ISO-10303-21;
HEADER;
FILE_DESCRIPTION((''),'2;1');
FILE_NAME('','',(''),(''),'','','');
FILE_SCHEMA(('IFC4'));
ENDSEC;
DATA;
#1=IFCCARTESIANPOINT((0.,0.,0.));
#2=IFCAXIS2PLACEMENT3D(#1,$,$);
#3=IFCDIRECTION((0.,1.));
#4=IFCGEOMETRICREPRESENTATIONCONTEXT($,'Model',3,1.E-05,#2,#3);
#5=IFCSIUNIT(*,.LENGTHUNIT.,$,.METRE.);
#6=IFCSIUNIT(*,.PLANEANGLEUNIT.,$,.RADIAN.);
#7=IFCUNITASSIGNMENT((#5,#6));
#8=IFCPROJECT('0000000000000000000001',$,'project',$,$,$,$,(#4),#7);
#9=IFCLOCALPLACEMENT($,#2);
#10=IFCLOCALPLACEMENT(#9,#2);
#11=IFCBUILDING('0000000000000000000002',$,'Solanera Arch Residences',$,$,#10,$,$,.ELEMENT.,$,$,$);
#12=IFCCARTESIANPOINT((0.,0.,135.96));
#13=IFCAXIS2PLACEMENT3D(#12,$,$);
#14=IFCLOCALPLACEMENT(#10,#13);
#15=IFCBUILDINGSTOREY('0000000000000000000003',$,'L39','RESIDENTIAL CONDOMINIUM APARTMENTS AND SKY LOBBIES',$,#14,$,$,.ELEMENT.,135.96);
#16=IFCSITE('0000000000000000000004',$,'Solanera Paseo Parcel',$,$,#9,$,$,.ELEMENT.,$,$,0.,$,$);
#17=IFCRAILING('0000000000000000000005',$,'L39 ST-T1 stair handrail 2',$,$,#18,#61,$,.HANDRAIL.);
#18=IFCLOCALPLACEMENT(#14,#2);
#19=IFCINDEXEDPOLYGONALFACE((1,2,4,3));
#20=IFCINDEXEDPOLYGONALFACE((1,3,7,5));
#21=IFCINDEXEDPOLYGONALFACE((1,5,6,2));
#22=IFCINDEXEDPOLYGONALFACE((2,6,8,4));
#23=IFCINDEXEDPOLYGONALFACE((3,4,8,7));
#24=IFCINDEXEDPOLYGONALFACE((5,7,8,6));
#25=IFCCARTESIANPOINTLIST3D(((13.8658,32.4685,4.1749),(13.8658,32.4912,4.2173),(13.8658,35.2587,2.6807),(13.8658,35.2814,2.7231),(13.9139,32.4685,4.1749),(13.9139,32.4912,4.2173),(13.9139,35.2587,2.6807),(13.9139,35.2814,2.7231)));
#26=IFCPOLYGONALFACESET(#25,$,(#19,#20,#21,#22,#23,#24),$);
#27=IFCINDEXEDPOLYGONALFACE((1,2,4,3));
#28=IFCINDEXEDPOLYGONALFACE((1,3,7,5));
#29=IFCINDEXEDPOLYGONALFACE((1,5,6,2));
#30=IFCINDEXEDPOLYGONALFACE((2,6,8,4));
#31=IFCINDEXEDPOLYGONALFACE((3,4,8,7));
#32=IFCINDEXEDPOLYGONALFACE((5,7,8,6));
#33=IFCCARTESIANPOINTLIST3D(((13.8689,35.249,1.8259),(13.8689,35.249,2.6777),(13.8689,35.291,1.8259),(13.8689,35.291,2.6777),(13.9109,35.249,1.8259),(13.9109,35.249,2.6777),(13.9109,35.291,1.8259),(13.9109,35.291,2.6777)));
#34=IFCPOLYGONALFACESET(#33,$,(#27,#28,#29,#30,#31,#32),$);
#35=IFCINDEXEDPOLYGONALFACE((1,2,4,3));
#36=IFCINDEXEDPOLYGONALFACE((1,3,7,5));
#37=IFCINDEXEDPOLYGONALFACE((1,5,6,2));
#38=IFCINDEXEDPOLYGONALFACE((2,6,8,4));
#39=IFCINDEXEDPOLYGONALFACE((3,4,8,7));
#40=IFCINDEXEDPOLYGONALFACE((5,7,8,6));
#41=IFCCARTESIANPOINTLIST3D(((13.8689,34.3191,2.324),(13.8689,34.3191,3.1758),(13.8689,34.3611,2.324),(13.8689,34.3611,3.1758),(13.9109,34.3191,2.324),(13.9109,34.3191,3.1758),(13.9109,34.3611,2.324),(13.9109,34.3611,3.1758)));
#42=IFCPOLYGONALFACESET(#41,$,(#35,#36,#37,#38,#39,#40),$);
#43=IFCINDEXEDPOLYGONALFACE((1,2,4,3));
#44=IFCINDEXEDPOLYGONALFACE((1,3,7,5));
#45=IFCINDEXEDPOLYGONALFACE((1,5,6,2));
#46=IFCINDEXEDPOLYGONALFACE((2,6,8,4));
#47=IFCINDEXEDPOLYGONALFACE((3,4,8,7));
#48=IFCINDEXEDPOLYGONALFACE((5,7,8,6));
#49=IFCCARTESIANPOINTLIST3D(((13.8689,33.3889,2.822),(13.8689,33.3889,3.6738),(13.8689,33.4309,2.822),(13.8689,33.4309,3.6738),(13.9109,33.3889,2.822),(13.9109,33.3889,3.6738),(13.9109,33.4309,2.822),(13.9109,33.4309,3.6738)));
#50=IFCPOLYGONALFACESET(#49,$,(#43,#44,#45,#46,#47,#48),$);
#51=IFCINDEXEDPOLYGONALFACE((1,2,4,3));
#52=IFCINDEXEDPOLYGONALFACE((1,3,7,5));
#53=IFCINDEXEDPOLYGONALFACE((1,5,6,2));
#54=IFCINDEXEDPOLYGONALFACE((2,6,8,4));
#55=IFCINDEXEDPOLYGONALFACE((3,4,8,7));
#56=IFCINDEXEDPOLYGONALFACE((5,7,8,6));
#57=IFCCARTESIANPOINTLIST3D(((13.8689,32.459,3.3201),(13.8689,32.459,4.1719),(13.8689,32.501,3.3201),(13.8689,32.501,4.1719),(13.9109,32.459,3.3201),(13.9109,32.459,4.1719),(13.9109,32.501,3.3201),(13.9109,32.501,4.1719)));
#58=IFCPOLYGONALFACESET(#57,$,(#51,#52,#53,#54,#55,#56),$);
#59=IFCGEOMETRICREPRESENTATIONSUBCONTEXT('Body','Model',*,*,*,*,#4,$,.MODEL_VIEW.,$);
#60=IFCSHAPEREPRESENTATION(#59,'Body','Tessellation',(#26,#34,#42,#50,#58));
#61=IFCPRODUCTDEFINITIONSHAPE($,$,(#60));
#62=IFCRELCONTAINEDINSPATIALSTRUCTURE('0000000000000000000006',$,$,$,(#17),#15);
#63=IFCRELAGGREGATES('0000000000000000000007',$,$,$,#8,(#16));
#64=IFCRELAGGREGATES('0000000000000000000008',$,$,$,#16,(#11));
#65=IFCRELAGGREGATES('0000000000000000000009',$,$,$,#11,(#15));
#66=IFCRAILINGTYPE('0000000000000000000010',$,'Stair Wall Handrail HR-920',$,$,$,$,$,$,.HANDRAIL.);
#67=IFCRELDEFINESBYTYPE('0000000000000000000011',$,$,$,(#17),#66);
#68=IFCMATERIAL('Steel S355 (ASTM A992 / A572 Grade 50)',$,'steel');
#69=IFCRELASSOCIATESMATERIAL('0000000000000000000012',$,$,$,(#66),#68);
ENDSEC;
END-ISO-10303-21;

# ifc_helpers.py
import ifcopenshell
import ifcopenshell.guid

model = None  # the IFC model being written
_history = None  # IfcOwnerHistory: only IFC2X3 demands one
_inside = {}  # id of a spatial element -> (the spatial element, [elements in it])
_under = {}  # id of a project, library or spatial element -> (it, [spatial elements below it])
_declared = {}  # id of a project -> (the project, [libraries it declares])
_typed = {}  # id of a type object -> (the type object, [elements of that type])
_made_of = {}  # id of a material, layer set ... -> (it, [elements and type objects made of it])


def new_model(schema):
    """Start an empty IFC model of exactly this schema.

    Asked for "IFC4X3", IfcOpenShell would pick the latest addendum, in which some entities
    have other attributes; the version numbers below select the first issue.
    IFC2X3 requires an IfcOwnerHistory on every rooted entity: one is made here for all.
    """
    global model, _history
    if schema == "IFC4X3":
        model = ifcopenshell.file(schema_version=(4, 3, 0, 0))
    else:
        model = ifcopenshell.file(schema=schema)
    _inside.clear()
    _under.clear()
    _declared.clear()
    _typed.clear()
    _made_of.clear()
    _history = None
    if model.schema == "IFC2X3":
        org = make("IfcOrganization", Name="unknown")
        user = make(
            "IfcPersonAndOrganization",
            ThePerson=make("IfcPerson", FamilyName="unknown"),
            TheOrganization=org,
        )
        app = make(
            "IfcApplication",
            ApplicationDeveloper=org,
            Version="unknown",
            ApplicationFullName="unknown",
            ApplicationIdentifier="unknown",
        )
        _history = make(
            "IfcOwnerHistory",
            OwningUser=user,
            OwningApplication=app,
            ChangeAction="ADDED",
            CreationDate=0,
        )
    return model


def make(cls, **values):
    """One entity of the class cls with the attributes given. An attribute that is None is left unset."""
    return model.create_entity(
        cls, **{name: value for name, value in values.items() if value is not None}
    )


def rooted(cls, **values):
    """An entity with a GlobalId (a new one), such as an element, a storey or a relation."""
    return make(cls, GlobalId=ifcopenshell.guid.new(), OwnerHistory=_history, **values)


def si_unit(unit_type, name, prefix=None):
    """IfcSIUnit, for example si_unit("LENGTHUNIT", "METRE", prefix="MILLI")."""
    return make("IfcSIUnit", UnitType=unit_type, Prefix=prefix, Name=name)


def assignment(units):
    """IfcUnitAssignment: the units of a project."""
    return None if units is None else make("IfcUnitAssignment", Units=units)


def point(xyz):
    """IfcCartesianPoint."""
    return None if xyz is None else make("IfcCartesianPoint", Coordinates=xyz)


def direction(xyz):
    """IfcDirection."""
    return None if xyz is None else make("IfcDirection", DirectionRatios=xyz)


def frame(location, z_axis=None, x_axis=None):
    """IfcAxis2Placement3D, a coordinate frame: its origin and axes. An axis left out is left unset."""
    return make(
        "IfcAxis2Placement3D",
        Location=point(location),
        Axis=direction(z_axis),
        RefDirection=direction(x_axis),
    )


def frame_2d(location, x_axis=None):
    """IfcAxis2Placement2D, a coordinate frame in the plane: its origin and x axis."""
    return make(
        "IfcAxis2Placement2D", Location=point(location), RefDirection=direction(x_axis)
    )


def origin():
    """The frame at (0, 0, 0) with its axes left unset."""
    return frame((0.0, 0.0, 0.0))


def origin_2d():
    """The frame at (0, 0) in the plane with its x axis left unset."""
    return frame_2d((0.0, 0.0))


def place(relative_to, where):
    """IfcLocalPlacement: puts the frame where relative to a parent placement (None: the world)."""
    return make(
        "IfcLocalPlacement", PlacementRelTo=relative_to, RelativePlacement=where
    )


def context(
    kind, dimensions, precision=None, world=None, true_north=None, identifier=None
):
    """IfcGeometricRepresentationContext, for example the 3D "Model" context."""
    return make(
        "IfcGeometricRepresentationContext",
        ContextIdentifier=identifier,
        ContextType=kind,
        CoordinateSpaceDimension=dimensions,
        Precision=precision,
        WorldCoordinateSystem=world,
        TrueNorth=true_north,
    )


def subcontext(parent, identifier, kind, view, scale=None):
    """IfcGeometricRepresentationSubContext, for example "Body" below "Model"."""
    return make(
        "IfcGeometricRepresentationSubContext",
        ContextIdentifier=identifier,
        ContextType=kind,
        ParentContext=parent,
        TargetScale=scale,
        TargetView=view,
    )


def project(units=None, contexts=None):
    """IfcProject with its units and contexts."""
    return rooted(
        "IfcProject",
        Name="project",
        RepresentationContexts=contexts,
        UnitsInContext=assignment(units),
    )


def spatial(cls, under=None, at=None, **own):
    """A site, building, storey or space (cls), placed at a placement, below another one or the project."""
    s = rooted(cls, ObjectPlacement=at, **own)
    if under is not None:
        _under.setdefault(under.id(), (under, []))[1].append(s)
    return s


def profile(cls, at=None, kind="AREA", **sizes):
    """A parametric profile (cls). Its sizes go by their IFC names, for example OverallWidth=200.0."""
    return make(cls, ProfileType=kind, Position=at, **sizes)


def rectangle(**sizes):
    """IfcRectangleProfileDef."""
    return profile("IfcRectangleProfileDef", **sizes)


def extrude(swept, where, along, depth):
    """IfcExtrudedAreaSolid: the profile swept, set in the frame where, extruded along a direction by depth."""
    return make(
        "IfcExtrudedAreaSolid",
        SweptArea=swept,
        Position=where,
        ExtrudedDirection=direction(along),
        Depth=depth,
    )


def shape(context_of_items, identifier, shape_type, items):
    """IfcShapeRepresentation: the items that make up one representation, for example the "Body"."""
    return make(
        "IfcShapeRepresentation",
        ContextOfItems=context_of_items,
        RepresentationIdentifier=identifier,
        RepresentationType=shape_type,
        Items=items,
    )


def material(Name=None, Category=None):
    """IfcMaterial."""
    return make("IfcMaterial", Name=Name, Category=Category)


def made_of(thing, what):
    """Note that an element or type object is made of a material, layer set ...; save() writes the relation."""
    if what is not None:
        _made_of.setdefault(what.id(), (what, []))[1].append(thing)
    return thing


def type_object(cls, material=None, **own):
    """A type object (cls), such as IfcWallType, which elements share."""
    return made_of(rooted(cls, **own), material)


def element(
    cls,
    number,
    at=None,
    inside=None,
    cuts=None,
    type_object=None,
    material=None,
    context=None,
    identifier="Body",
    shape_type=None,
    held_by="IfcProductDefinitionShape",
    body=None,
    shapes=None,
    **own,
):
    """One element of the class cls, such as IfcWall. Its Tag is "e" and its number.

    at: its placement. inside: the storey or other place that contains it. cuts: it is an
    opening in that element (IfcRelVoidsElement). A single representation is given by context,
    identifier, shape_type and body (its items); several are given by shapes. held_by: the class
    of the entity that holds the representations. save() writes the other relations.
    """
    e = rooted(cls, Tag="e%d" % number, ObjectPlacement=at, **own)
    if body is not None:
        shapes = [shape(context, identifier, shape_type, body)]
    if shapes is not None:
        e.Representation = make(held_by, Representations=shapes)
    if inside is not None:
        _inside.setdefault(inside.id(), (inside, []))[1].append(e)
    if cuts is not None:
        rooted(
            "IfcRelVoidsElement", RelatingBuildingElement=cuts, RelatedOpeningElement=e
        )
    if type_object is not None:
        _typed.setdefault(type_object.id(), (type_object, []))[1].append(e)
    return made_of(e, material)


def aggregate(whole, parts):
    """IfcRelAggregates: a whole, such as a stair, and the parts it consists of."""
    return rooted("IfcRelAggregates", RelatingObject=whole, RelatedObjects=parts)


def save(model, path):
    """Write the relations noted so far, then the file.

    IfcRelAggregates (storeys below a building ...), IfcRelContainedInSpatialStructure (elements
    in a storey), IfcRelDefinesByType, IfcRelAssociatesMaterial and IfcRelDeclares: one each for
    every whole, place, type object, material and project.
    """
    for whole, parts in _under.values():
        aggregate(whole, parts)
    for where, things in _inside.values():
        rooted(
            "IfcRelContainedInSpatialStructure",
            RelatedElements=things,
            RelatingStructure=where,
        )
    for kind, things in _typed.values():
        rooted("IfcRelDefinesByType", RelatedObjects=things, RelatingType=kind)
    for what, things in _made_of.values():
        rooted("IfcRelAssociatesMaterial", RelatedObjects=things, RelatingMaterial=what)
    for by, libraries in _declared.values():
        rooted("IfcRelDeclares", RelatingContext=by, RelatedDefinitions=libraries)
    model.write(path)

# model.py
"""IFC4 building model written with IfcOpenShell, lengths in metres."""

from ifc_helpers import new_model, si_unit, direction, frame, origin, origin_2d, place, context, subcontext, project, spatial, rectangle, extrude, material, type_object, element, save


model = new_model("IFC4")

# Units and contexts
model_context = context("Model", 3, precision=1e-05, world=origin(), true_north=direction((0.0, 1.0)))
body_context = subcontext(model_context, "Body", "Model", "MODEL_VIEW")
ifc_project = project(units=[si_unit("LENGTHUNIT", "METRE"), si_unit("PLANEANGLEUNIT", "RADIAN")], contexts=[model_context])

# Site, building, storey
site_placement = place(None, origin())
site = spatial("IfcSite", under=ifc_project, at=site_placement, Name="Solanera Paseo Parcel", CompositionType="ELEMENT", RefElevation=0.0)
building_placement = place(site_placement, origin())
building = spatial("IfcBuilding", under=site, at=building_placement, Name="Solanera Arch Residences", CompositionType="ELEMENT")
storey_placement = place(building_placement, frame((0.0, 0.0, 135.96)))
storey = spatial("IfcBuildingStorey", under=building, at=storey_placement, Name="L39", Description="RESIDENTIAL CONDOMINIUM APARTMENTS AND SKY LOBBIES", CompositionType="ELEMENT", Elevation=135.96)

# Railing
ifc_material_1 = material(Name="Steel S355 (ASTM A992 / A572 Grade 50)", Category="steel")
railing_type_1 = type_object("IfcRailingType", Name="Stair Wall Handrail HR-920", PredefinedType="HANDRAIL", material=ifc_material_1)
railing_1_placement = place(storey_placement, frame((13.8899, 35.27, 1.8259)))
element("IfcRailing", 1, at=railing_1_placement, inside=storey, type_object=railing_type_1, Name="L39 ST-T1 stair handrail 2", PredefinedType="HANDRAIL", context=body_context, shape_type="SweptSolid", body=[
    extrude(rectangle(XDim=0.0481, YDim=0.0481, at=origin_2d()), frame((0.0, 0.0, 0.876), z_axis=(0.0, -0.881549, 0.472093), x_axis=(1.0, 0.0, 0.0)), (0.0, 0.0, 1.0), 3.165),
    extrude(rectangle(XDim=0.042, YDim=0.042, at=origin_2d()), origin(), (0.0, 0.0, 1.0), 0.8518),
    extrude(rectangle(XDim=0.042, YDim=0.042, at=origin_2d()), frame((0.0, -0.9299, 0.498)), (0.0, 0.0, 1.0), 0.8518),
    extrude(rectangle(XDim=0.042, YDim=0.042, at=origin_2d()), frame((0.0, -1.8601, 0.9961)), (0.0, 0.0, 1.0), 0.8518),
    extrude(rectangle(XDim=0.042, YDim=0.042, at=origin_2d()), frame((0.0, -2.79, 1.4941)), (0.0, 0.0, 1.0), 0.8518),
])

save(model, "model.ifc")
